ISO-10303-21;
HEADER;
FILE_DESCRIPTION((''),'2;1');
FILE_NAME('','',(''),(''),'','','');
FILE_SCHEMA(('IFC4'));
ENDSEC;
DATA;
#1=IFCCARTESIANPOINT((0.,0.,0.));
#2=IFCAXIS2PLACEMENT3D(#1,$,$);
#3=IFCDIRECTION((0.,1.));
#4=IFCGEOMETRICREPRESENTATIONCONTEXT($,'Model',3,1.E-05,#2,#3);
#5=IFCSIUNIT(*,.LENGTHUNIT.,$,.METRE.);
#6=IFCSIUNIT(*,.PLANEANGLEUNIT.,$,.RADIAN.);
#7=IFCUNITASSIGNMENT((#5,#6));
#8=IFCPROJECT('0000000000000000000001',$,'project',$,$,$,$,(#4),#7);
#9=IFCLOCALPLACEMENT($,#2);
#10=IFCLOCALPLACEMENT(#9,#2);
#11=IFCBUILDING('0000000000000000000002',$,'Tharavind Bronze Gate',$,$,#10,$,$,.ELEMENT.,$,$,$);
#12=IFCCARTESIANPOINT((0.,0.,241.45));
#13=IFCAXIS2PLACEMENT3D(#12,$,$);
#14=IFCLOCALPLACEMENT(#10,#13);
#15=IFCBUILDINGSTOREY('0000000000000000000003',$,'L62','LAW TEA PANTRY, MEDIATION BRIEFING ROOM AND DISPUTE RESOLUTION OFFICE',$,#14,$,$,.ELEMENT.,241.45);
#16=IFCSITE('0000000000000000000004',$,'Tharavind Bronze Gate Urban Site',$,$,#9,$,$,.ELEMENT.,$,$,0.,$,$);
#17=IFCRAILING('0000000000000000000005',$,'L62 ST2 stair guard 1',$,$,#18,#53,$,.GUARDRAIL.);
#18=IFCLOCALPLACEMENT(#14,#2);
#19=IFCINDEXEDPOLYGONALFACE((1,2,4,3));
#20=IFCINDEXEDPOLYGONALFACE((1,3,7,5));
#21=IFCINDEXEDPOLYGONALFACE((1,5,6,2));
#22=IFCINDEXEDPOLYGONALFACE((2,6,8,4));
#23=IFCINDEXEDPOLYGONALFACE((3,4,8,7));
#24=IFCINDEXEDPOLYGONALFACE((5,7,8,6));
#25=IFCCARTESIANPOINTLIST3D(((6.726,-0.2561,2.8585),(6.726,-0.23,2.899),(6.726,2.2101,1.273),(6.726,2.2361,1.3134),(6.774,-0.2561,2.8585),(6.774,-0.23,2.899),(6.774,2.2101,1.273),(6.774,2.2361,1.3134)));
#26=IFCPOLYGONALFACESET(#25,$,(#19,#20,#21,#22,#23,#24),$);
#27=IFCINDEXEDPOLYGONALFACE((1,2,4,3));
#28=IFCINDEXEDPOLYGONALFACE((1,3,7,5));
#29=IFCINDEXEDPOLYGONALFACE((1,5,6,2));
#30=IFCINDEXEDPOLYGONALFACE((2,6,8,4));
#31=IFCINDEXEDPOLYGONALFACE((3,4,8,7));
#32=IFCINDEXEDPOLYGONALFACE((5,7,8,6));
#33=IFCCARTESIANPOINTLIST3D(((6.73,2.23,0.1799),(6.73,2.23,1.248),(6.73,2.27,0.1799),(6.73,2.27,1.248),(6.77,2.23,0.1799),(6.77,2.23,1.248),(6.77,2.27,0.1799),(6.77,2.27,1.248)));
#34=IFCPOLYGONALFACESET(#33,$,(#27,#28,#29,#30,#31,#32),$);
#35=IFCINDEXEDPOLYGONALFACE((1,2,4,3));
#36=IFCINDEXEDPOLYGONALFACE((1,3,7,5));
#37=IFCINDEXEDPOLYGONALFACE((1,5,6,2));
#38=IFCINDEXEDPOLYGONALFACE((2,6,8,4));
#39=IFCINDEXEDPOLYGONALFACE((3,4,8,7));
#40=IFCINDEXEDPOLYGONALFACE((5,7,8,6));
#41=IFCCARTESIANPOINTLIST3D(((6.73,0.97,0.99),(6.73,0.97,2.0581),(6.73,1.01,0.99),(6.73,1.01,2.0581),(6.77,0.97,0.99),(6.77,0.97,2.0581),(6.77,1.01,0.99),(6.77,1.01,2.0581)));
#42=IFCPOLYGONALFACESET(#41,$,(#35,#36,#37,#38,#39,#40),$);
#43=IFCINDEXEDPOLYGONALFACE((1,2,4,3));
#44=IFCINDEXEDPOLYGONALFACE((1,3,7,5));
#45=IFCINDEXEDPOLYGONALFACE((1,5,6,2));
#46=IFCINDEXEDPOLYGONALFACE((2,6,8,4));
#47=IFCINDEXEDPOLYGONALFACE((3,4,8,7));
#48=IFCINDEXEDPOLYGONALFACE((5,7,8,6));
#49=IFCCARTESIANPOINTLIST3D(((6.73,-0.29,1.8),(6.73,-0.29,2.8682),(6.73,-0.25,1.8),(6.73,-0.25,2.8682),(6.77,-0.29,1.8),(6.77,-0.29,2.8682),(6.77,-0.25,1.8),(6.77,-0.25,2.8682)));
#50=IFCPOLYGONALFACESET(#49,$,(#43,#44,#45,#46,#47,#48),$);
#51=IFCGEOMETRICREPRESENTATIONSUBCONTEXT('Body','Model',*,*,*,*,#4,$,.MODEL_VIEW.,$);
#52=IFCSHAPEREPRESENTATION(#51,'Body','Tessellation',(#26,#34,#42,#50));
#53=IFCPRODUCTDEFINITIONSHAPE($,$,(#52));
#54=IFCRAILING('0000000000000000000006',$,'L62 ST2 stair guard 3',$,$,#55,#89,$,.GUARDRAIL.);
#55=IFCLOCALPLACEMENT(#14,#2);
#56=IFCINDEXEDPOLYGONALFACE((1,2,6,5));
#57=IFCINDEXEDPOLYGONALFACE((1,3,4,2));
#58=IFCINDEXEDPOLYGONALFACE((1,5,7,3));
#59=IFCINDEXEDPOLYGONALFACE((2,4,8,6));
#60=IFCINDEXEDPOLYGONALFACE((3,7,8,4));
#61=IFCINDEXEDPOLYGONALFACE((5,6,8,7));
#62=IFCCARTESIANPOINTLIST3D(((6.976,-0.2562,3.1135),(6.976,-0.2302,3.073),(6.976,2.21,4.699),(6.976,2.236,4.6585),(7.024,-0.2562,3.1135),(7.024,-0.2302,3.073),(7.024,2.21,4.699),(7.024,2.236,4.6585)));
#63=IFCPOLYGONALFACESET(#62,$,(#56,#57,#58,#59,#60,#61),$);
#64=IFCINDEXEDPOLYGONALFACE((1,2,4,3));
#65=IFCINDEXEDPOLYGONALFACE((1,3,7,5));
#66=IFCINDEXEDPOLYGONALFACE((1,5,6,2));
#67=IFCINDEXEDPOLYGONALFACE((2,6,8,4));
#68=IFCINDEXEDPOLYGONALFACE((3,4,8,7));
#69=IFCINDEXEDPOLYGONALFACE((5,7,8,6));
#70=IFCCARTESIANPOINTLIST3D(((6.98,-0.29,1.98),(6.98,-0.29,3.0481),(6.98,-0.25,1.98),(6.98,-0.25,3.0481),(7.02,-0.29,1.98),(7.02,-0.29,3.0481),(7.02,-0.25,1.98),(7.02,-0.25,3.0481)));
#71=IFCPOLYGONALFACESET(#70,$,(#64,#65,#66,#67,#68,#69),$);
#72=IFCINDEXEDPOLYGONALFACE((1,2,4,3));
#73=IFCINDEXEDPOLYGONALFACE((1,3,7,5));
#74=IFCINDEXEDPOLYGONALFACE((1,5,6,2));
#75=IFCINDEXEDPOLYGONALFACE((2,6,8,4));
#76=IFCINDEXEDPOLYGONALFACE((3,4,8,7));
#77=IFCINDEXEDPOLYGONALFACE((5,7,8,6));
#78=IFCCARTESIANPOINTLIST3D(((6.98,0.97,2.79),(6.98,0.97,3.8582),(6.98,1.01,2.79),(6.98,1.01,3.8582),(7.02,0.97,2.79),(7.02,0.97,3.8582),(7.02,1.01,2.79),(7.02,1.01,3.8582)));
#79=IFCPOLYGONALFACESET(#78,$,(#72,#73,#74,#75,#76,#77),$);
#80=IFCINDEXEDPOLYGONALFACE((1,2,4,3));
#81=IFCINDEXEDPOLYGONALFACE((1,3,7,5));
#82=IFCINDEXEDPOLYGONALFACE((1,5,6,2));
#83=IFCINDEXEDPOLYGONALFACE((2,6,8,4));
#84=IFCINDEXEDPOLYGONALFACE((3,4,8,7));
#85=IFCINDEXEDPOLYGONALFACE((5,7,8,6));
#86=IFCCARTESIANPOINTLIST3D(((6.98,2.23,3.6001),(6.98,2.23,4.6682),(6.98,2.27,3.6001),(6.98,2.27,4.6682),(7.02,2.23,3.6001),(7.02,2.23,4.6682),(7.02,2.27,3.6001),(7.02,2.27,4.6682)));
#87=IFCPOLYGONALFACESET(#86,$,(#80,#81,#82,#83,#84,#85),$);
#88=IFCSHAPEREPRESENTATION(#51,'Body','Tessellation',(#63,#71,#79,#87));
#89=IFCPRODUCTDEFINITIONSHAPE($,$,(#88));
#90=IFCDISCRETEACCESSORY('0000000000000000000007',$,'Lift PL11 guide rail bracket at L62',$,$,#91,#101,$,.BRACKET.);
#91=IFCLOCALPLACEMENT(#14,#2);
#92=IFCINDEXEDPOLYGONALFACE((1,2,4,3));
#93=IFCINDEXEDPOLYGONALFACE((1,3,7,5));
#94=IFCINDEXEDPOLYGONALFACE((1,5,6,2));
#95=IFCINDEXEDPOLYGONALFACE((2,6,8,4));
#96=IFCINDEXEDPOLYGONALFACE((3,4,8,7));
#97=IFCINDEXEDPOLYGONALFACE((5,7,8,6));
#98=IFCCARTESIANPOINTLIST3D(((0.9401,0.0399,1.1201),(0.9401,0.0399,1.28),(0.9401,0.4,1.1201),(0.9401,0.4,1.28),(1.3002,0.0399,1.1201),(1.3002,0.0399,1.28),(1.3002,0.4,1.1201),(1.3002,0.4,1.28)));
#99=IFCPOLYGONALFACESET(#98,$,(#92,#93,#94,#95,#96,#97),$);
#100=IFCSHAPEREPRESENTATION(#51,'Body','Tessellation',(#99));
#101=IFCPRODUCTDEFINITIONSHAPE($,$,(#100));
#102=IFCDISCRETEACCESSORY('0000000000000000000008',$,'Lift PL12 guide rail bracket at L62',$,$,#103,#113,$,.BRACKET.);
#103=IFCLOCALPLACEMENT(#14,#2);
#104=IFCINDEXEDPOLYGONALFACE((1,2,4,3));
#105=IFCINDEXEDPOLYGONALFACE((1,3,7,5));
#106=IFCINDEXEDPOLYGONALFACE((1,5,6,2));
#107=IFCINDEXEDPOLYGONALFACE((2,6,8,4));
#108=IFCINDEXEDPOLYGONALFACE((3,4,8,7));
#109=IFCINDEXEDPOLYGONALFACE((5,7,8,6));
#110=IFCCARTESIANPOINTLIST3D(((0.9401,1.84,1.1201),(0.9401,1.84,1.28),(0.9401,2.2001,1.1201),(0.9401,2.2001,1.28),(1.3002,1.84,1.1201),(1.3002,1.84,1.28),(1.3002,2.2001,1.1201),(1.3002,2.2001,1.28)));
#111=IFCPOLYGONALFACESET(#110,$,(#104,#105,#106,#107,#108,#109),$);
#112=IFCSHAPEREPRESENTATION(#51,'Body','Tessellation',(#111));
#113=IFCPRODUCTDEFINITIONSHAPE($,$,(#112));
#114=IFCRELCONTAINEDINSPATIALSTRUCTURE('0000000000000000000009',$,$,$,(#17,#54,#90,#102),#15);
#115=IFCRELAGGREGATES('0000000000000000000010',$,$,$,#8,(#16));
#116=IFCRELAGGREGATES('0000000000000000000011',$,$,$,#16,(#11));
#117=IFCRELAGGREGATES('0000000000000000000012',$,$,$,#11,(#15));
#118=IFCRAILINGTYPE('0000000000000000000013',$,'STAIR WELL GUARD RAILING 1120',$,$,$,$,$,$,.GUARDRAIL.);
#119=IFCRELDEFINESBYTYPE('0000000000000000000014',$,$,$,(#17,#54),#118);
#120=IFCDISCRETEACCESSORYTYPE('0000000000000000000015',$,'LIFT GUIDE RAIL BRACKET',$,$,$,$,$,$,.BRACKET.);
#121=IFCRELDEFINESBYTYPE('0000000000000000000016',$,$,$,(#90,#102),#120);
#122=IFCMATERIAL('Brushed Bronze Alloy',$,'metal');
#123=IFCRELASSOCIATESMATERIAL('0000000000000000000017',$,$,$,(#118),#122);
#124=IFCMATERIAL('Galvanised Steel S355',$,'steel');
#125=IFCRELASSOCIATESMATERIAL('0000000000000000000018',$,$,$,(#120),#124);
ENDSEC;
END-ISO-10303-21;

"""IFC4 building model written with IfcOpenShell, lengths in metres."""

from ifc_helpers import new_model, si_unit, direction, frame, origin, origin_2d, place, context, subcontext, project, spatial, rectangle, extrude, material, type_object, element, save


model = new_model("IFC4")

# Units and contexts
model_context = context("Model", 3, precision=1e-05, world=origin(), true_north=direction((0.0, 1.0)))
body_context = subcontext(model_context, "Body", "Model", "MODEL_VIEW")
ifc_project = project(units=[si_unit("LENGTHUNIT", "METRE"), si_unit("PLANEANGLEUNIT", "RADIAN")], contexts=[model_context])

# Site, building, storey
site_placement = place(None, origin())
site = spatial("IfcSite", under=ifc_project, at=site_placement, Name="Tharavind Bronze Gate Urban Site", CompositionType="ELEMENT", RefElevation=0.0)
building_placement = place(site_placement, origin())
building = spatial("IfcBuilding", under=site, at=building_placement, Name="Tharavind Bronze Gate", CompositionType="ELEMENT")
storey_placement = place(building_placement, frame((0.0, 0.0, 241.45)))
storey = spatial("IfcBuildingStorey", under=building, at=storey_placement, Name="L62", Description="LAW TEA PANTRY, MEDIATION BRIEFING ROOM AND DISPUTE RESOLUTION OFFICE", CompositionType="ELEMENT", Elevation=241.45)

# Railings
ifc_material_1 = material(Name="Brushed Bronze Alloy", Category="metal")
railing_type_1 = type_object("IfcRailingType", Name="STAIR WELL GUARD RAILING 1120", PredefinedType="GUARDRAIL", material=ifc_material_1)
railing_1_placement = place(storey_placement, frame((6.75, 2.25, 0.1799)))
element("IfcRailing", 1, at=railing_1_placement, inside=storey, type_object=railing_type_1, Name="L62 ST2 stair guard 1", PredefinedType="GUARDRAIL", context=body_context, shape_type="SweptSolid", body=[
    extrude(rectangle(XDim=0.0481, YDim=0.0481, at=origin_2d()), frame((0.0, -0.0269, 1.1133), z_axis=(0.0, -0.841163, 0.540782), x_axis=(1.0, 0.0, 0.0)), (0.0, 0.0, 1.0), 2.9319),
    extrude(rectangle(XDim=0.04, YDim=0.04, at=origin_2d()), origin(), (0.0, 0.0, 1.0), 1.0681),
    extrude(rectangle(XDim=0.04, YDim=0.04, at=origin_2d()), frame((0.0, -1.26, 0.8101)), (0.0, 0.0, 1.0), 1.0681),
    extrude(rectangle(XDim=0.04, YDim=0.04, at=origin_2d()), frame((0.0, -2.52, 1.6201)), (0.0, 0.0, 1.0), 1.0681),
])
railing_2_placement = place(storey_placement, frame((7.0, -0.27, 1.98)))
element("IfcRailing", 2, at=railing_2_placement, inside=storey, type_object=railing_type_1, Name="L62 ST2 stair guard 3", PredefinedType="GUARDRAIL", context=body_context, shape_type="SweptSolid", body=[
    extrude(rectangle(XDim=0.0481, YDim=0.0481, at=origin_2d()), frame((0.0, 0.0269, 1.1133), z_axis=(0.0, 0.841163, 0.540782), x_axis=(-1.0, 0.0, 0.0)), (0.0, 0.0, 1.0), 2.9319),
    extrude(rectangle(XDim=0.04, YDim=0.04, at=origin_2d()), origin(), (0.0, 0.0, 1.0), 1.0681),
    extrude(rectangle(XDim=0.04, YDim=0.04, at=origin_2d()), frame((0.0, 1.26, 0.8101)), (0.0, 0.0, 1.0), 1.0681),
    extrude(rectangle(XDim=0.04, YDim=0.04, at=origin_2d()), frame((0.0, 2.52, 1.6201)), (0.0, 0.0, 1.0), 1.0681),
])

# Discrete accessories
ifc_material_2 = material(Name="Galvanised Steel S355", Category="steel")
discrete_accessory_type = type_object("IfcDiscreteAccessoryType", Name="LIFT GUIDE RAIL BRACKET", PredefinedType="BRACKET", material=ifc_material_2)
for number, where, z_axis, x_axis, name in (
    (3, (1.1201, 0.22, 1.1201), (0.0, 0.0, 1.0), (1.0, 0.0, 0.0), "Lift PL11 guide rail bracket at L62"),
    (4, (1.1201, 2.02, 1.1201), (0.0, 0.0, 1.0), (1.0, 0.0, 0.0), "Lift PL12 guide rail bracket at L62"),
):
    element("IfcDiscreteAccessory", number, at=place(storey_placement, frame(where, z_axis=z_axis, x_axis=x_axis)), inside=storey, type_object=discrete_accessory_type, Name=name, PredefinedType="BRACKET", context=body_context, shape_type="SweptSolid", body=[
        extrude(rectangle(XDim=0.3601, YDim=0.3601, at=origin_2d()), origin(), (0.0, 0.0, 1.0), 0.1599),
    ])

save(model, "model.ifc")
